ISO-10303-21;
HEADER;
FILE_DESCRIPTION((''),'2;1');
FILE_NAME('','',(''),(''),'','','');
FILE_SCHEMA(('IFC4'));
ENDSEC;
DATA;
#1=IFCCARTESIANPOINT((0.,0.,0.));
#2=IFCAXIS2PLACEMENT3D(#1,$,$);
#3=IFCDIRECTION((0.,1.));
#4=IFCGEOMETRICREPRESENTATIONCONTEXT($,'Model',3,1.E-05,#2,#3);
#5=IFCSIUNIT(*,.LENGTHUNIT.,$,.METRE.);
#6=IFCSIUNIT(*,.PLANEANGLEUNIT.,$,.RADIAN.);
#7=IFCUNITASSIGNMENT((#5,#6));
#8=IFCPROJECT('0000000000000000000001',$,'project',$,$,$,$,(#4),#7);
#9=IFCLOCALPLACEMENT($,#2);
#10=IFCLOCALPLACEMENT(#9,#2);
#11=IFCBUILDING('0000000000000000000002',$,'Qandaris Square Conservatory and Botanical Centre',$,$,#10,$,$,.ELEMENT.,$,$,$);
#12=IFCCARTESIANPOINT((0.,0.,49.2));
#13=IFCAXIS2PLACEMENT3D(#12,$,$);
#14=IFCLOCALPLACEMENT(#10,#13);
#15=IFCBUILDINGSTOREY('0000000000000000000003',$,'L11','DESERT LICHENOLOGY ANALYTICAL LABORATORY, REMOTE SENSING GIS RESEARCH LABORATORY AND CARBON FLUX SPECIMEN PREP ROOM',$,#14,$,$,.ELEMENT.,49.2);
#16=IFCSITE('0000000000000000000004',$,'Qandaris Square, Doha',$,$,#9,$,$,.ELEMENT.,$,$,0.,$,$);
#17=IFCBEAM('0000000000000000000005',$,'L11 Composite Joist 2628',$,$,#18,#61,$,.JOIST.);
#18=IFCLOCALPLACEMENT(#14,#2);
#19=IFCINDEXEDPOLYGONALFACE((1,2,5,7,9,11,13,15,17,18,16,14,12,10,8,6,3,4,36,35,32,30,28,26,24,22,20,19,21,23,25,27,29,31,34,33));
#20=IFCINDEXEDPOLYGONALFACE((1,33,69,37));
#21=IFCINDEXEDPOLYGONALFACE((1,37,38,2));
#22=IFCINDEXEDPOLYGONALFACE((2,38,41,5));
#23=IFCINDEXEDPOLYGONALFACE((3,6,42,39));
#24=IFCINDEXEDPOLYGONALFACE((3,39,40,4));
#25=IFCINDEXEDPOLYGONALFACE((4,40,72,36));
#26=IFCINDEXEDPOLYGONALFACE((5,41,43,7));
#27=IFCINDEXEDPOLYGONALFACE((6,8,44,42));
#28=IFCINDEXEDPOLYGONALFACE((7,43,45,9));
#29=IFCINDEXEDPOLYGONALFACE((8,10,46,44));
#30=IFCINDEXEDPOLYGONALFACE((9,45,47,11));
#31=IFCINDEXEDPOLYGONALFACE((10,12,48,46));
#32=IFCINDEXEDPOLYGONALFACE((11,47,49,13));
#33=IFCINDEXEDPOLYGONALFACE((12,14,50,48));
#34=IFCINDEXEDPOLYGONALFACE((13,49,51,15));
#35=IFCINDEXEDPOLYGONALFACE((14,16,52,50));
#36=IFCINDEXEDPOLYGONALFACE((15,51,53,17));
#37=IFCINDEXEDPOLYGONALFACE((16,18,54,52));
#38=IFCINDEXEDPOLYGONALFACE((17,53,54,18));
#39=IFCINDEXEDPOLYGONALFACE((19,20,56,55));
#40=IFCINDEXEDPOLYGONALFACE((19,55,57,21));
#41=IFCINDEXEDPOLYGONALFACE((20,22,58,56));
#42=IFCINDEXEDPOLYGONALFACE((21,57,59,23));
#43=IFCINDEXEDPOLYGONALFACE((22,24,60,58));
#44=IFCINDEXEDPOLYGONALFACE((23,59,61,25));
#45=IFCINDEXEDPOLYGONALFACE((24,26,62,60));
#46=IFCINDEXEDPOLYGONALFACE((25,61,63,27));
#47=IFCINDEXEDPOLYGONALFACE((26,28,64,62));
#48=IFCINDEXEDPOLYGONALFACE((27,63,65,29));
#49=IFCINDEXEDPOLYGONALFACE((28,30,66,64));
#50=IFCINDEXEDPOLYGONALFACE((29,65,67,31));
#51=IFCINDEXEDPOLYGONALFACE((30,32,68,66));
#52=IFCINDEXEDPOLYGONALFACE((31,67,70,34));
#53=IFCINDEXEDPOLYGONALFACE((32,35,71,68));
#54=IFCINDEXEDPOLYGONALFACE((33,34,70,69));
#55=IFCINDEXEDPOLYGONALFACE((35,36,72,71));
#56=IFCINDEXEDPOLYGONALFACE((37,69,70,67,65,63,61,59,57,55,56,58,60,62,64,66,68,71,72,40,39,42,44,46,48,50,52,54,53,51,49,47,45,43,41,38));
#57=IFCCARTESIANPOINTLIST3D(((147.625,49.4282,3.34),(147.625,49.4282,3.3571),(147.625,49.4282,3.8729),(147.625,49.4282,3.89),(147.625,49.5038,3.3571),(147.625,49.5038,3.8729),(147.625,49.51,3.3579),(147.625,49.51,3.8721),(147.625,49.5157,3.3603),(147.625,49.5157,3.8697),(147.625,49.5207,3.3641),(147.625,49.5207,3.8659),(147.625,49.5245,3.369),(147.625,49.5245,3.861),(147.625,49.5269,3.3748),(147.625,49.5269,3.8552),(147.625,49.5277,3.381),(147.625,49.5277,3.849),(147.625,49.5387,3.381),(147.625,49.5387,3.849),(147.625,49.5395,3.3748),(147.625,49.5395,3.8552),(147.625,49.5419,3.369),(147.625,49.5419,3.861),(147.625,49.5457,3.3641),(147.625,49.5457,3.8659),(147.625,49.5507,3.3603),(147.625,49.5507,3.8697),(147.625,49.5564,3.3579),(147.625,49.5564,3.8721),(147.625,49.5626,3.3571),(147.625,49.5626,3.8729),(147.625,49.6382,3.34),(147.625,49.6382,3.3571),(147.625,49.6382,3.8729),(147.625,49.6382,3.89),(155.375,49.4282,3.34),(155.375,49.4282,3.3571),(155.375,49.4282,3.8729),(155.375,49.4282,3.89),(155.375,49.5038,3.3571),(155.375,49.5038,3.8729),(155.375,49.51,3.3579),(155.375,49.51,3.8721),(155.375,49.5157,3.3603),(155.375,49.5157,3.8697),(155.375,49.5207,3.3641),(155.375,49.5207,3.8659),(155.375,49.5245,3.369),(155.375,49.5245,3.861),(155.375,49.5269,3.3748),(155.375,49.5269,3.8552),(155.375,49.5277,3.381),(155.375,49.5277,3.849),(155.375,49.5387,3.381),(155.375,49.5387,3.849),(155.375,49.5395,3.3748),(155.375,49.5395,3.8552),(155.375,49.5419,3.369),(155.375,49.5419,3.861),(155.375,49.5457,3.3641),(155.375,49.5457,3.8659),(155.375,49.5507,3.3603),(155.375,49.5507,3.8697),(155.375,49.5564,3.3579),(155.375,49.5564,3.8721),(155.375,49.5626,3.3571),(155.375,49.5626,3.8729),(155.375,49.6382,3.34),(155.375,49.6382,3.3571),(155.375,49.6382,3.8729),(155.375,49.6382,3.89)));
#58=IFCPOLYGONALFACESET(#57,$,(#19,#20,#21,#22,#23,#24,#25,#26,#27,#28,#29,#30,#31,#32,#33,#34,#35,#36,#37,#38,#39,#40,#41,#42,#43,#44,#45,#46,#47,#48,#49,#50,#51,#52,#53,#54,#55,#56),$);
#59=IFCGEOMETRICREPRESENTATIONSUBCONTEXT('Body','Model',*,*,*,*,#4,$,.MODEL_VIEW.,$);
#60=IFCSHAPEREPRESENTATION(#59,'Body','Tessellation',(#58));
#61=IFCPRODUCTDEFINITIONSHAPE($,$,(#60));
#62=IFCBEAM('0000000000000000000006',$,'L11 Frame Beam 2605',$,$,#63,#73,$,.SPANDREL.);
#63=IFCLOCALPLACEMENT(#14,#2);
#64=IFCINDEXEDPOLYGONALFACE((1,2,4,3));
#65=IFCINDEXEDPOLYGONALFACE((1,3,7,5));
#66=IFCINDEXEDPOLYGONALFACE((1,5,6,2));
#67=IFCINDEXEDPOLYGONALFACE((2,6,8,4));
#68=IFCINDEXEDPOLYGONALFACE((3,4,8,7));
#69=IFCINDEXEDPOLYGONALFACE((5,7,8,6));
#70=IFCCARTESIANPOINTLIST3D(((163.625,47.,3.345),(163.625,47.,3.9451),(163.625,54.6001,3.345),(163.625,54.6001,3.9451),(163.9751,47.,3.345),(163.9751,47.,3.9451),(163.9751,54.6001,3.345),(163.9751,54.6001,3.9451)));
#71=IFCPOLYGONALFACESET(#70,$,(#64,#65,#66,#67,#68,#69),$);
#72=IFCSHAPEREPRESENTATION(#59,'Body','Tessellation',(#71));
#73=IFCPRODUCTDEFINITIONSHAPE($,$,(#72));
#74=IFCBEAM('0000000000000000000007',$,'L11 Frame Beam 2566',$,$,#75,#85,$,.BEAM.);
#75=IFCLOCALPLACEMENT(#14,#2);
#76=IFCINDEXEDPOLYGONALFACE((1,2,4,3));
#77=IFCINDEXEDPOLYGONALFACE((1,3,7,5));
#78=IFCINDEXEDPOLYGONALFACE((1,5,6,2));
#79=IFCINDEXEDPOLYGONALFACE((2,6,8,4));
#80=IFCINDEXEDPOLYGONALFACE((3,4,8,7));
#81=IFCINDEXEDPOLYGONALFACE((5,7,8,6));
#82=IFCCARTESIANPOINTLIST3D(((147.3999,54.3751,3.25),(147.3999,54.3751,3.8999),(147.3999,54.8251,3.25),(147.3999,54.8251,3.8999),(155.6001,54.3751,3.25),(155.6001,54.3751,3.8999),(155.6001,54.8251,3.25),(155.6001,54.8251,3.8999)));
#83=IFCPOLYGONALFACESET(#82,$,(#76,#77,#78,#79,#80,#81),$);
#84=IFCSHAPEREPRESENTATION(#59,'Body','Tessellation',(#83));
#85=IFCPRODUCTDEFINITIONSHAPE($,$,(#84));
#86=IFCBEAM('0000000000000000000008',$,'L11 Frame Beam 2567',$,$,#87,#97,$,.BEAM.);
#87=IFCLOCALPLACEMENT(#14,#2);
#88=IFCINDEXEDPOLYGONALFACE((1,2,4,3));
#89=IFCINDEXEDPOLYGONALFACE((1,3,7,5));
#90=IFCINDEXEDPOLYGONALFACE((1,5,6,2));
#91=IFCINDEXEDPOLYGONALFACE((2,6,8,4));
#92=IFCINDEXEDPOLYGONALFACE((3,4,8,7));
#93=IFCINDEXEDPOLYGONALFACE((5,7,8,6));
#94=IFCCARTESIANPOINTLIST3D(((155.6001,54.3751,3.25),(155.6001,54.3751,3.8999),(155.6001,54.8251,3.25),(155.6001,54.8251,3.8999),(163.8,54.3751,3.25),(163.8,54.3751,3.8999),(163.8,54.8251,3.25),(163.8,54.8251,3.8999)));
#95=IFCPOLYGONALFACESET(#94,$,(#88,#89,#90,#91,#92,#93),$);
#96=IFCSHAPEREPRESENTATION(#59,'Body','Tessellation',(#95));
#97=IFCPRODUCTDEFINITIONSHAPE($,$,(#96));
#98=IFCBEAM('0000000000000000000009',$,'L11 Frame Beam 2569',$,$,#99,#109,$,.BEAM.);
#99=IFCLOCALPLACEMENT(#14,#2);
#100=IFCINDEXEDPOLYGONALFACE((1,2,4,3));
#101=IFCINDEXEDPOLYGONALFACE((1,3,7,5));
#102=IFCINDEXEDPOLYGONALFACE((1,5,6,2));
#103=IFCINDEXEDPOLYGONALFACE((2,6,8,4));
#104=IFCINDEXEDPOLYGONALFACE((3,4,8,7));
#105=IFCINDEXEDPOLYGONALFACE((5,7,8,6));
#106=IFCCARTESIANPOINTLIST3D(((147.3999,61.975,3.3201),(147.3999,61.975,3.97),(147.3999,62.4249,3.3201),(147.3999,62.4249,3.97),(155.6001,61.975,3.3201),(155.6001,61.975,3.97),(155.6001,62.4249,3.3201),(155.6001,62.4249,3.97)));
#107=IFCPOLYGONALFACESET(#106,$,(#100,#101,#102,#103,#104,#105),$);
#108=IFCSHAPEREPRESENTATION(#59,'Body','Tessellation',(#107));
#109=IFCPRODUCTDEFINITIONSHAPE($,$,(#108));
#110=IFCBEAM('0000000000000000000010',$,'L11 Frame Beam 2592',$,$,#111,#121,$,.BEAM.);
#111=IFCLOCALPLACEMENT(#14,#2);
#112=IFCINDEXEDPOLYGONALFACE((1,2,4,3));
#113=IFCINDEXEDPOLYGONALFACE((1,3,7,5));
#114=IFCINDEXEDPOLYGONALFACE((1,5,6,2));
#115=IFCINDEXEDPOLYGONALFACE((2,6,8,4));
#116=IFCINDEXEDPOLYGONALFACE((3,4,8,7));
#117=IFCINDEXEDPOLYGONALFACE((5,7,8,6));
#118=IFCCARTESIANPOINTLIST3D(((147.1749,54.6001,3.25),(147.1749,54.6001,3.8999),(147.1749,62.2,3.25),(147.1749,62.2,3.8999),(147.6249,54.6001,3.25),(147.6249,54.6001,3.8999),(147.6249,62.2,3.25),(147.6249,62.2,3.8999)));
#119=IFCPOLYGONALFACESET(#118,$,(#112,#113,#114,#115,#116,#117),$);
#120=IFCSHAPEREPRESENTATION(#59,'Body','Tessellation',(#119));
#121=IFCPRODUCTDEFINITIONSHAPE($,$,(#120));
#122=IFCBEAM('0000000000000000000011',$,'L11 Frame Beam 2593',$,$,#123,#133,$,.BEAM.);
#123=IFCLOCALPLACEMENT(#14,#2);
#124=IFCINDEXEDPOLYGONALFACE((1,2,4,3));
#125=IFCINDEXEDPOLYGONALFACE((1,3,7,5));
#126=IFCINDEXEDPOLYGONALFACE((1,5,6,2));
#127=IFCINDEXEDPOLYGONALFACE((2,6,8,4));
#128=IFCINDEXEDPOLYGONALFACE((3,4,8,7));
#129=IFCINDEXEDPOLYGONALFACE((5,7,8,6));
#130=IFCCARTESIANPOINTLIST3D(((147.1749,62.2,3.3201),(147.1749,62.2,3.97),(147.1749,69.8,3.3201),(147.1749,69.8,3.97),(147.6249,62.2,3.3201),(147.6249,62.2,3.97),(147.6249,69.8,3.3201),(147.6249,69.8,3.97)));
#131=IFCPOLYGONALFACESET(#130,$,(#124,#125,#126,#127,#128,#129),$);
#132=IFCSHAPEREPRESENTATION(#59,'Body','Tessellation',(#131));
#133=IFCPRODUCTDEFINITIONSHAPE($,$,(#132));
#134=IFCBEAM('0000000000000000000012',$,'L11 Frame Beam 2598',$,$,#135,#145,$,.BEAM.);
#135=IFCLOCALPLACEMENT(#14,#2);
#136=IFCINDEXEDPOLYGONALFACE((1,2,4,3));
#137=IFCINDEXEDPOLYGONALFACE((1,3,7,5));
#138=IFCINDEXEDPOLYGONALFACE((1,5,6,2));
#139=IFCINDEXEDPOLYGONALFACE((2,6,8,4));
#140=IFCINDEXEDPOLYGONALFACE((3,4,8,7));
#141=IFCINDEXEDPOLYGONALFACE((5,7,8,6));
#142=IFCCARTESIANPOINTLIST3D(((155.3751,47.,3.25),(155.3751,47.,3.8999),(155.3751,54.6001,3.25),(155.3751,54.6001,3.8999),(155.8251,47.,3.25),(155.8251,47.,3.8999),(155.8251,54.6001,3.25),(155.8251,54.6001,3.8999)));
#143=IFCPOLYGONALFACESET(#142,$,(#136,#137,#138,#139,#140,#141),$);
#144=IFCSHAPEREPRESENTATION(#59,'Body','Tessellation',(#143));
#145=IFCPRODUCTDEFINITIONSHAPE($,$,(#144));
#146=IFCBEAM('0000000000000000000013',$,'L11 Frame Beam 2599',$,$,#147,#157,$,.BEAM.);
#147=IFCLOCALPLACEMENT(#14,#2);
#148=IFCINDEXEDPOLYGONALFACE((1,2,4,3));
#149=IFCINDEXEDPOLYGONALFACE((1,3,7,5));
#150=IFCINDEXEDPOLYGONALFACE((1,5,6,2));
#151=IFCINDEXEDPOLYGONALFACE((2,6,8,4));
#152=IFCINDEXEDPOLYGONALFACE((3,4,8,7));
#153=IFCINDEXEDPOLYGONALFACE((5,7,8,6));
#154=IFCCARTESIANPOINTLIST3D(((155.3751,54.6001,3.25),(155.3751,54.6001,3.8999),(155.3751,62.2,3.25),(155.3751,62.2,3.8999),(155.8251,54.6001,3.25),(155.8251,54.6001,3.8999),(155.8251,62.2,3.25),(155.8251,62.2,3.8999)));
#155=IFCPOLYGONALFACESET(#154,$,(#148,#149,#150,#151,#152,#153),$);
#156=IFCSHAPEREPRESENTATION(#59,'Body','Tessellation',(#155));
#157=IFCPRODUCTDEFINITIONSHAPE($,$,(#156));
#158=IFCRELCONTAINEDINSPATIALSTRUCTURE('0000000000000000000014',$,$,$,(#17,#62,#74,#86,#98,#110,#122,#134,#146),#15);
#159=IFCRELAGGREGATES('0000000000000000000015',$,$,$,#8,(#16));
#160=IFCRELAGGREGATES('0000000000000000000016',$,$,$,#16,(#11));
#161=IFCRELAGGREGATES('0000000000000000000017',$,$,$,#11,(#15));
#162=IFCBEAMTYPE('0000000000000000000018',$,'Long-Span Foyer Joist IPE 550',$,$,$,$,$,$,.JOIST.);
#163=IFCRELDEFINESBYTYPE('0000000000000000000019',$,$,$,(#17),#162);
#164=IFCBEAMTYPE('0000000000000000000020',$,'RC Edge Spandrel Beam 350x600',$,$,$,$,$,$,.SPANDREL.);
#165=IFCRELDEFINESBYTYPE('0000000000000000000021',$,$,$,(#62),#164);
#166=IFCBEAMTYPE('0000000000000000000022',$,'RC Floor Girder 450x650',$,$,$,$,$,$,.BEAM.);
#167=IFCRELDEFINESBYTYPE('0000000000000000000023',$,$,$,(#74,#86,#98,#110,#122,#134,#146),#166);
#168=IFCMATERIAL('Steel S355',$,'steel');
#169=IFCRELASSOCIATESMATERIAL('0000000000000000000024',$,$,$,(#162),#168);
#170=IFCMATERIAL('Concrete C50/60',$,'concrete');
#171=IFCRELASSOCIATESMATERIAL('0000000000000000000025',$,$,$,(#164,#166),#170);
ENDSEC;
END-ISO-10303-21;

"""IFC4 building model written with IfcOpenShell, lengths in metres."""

from ifc_helpers import new_model, si_unit, direction, frame, origin, origin_2d, place, context, subcontext, project, spatial, rectangle, i_section, extrude, material, material_profile, profile_set, type_object, element, save


model = new_model("IFC4")

# Units and contexts
model_context = context("Model", 3, precision=1e-05, world=origin(), true_north=direction((0.0, 1.0)))
body_context = subcontext(model_context, "Body", "Model", "MODEL_VIEW")
ifc_project = project(units=[si_unit("LENGTHUNIT", "METRE"), si_unit("PLANEANGLEUNIT", "RADIAN")], contexts=[model_context])

# Site, building, storey
site_placement = place(None, origin())
site = spatial("IfcSite", under=ifc_project, at=site_placement, Name="Qandaris Square, Doha", CompositionType="ELEMENT", RefElevation=0.0)
building_placement = place(site_placement, origin())
building = spatial("IfcBuilding", under=site, at=building_placement, Name="Qandaris Square Conservatory and Botanical Centre", CompositionType="ELEMENT")
storey_placement = place(building_placement, frame((0.0, 0.0, 49.2)))
storey = spatial("IfcBuildingStorey", under=building, at=storey_placement, Name="L11", Description="DESERT LICHENOLOGY ANALYTICAL LABORATORY, REMOTE SENSING GIS RESEARCH LABORATORY AND CARBON FLUX SPECIMEN PREP ROOM", CompositionType="ELEMENT", Elevation=49.2)

# Shared definitions
ifc_material_1 = material(Name="Concrete C50/60", Category="concrete")

# Shared definitions
ifc_material_2 = material(Name="Steel S355", Category="steel")

# Beams
ifc_material_profile_1 = material_profile(ifc_material_2, i_section(OverallWidth=0.21, OverallDepth=0.55, WebThickness=0.011, FlangeThickness=0.0171, FilletRadius=0.0239, at=origin_2d()), Name="IPE 550")
ifc_profile_set_1 = profile_set([ifc_material_profile_1], Name="Steel S355")
beam_type_1 = type_object("IfcBeamType", Name="Long-Span Foyer Joist IPE 550", PredefinedType="JOIST", material=ifc_profile_set_1)
beam_1_placement = place(storey_placement, frame((147.625, 49.5332, 3.615), z_axis=(1.0, 0.0, 0.0), x_axis=(0.0, 1.0, 0.0)))
element("IfcBeam", 1, at=beam_1_placement, inside=storey, type_object=beam_type_1, Name="L11 Composite Joist 2628", PredefinedType="JOIST", context=body_context, shape_type="SweptSolid", body=[
    extrude(i_section(OverallWidth=0.21, OverallDepth=0.55, WebThickness=0.011, FlangeThickness=0.0171, FilletRadius=0.0239, at=origin_2d()), origin(), (0.0, 0.0, 1.0), 7.75),
])
ifc_material_profile_2 = material_profile(ifc_material_1, rectangle(XDim=0.3501, YDim=0.6001, at=origin_2d()), Name="RC-SP 350x600")
ifc_profile_set_2 = profile_set([ifc_material_profile_2], Name="Concrete C50/60")
beam_type_2 = type_object("IfcBeamType", Name="RC Edge Spandrel Beam 350x600", PredefinedType="SPANDREL", material=ifc_profile_set_2)
beam_2_placement = place(storey_placement, frame((163.8, 47.0, 3.645), z_axis=(0.0, 1.0, 0.0), x_axis=(-1.0, 0.0, 0.0)))
element("IfcBeam", 2, at=beam_2_placement, inside=storey, type_object=beam_type_2, Name="L11 Frame Beam 2605", PredefinedType="SPANDREL", context=body_context, shape_type="SweptSolid", body=[
    extrude(rectangle(XDim=0.3501, YDim=0.6001, at=origin_2d()), origin(), (0.0, 0.0, 1.0), 7.6001),
])
ifc_material_profile_3 = material_profile(ifc_material_1, rectangle(XDim=0.45, YDim=0.6499, at=origin_2d()), Name="RC-BM 450x650")
ifc_profile_set_3 = profile_set([ifc_material_profile_3], Name="Concrete C50/60")
beam_type_3 = type_object("IfcBeamType", Name="RC Floor Girder 450x650", PredefinedType="BEAM", material=ifc_profile_set_3)
beam_3_placement = place(storey_placement, frame((147.3999, 54.6001, 3.575), z_axis=(1.0, 0.0, 0.0), x_axis=(0.0, 1.0, 0.0)))
element("IfcBeam", 3, at=beam_3_placement, inside=storey, type_object=beam_type_3, Name="L11 Frame Beam 2566", PredefinedType="BEAM", context=body_context, shape_type="SweptSolid", body=[
    extrude(rectangle(XDim=0.45, YDim=0.6499, at=origin_2d()), origin(), (0.0, 0.0, 1.0), 8.2002),
])
beam_4_placement = place(storey_placement, frame((155.6001, 54.6001, 3.575), z_axis=(1.0, 0.0, 0.0), x_axis=(0.0, 1.0, 0.0)))
element("IfcBeam", 4, at=beam_4_placement, inside=storey, type_object=beam_type_3, Name="L11 Frame Beam 2567", PredefinedType="BEAM", context=body_context, shape_type="SweptSolid", body=[
    extrude(rectangle(XDim=0.45, YDim=0.6499, at=origin_2d()), origin(), (0.0, 0.0, 1.0), 8.2),
])
beam_5_placement = place(storey_placement, frame((147.3999, 62.2, 3.645), z_axis=(1.0, 0.0, 0.0), x_axis=(0.0, 1.0, 0.0)))
element("IfcBeam", 5, at=beam_5_placement, inside=storey, type_object=beam_type_3, Name="L11 Frame Beam 2569", PredefinedType="BEAM", context=body_context, shape_type="SweptSolid", body=[
    extrude(rectangle(XDim=0.45, YDim=0.6499, at=origin_2d()), origin(), (0.0, 0.0, 1.0), 8.2002),
])
beam_6_placement = place(storey_placement, frame((147.3999, 54.6001, 3.575), z_axis=(0.0, 1.0, 0.0), x_axis=(-1.0, 0.0, 0.0)))
element("IfcBeam", 6, at=beam_6_placement, inside=storey, type_object=beam_type_3, Name="L11 Frame Beam 2592", PredefinedType="BEAM", context=body_context, shape_type="SweptSolid", body=[
    extrude(rectangle(XDim=0.45, YDim=0.6499, at=origin_2d()), origin(), (0.0, 0.0, 1.0), 7.5999),
])
for number, where, z_axis, x_axis, name in (
    (7, (147.3999, 62.2, 3.645), (0.0, 1.0, 0.0), (-1.0, 0.0, 0.0), "L11 Frame Beam 2593"),
    (8, (155.6001, 47.0, 3.575), (0.0, 1.0, 0.0), (-1.0, 0.0, 0.0), "L11 Frame Beam 2598"),
):
    element("IfcBeam", number, at=place(storey_placement, frame(where, z_axis=z_axis, x_axis=x_axis)), inside=storey, type_object=beam_type_3, Name=name, PredefinedType="BEAM", context=body_context, shape_type="SweptSolid", body=[
        extrude(rectangle(XDim=0.45, YDim=0.6499, at=origin_2d()), origin(), (0.0, 0.0, 1.0), 7.6001),
    ])
beam_7_placement = place(storey_placement, frame((155.6001, 54.6001, 3.575), z_axis=(0.0, 1.0, 0.0), x_axis=(-1.0, 0.0, 0.0)))
element("IfcBeam", 9, at=beam_7_placement, inside=storey, type_object=beam_type_3, Name="L11 Frame Beam 2599", PredefinedType="BEAM", context=body_context, shape_type="SweptSolid", body=[
    extrude(rectangle(XDim=0.45, YDim=0.6499, at=origin_2d()), origin(), (0.0, 0.0, 1.0), 7.5999),
])

save(model, "model.ifc")
